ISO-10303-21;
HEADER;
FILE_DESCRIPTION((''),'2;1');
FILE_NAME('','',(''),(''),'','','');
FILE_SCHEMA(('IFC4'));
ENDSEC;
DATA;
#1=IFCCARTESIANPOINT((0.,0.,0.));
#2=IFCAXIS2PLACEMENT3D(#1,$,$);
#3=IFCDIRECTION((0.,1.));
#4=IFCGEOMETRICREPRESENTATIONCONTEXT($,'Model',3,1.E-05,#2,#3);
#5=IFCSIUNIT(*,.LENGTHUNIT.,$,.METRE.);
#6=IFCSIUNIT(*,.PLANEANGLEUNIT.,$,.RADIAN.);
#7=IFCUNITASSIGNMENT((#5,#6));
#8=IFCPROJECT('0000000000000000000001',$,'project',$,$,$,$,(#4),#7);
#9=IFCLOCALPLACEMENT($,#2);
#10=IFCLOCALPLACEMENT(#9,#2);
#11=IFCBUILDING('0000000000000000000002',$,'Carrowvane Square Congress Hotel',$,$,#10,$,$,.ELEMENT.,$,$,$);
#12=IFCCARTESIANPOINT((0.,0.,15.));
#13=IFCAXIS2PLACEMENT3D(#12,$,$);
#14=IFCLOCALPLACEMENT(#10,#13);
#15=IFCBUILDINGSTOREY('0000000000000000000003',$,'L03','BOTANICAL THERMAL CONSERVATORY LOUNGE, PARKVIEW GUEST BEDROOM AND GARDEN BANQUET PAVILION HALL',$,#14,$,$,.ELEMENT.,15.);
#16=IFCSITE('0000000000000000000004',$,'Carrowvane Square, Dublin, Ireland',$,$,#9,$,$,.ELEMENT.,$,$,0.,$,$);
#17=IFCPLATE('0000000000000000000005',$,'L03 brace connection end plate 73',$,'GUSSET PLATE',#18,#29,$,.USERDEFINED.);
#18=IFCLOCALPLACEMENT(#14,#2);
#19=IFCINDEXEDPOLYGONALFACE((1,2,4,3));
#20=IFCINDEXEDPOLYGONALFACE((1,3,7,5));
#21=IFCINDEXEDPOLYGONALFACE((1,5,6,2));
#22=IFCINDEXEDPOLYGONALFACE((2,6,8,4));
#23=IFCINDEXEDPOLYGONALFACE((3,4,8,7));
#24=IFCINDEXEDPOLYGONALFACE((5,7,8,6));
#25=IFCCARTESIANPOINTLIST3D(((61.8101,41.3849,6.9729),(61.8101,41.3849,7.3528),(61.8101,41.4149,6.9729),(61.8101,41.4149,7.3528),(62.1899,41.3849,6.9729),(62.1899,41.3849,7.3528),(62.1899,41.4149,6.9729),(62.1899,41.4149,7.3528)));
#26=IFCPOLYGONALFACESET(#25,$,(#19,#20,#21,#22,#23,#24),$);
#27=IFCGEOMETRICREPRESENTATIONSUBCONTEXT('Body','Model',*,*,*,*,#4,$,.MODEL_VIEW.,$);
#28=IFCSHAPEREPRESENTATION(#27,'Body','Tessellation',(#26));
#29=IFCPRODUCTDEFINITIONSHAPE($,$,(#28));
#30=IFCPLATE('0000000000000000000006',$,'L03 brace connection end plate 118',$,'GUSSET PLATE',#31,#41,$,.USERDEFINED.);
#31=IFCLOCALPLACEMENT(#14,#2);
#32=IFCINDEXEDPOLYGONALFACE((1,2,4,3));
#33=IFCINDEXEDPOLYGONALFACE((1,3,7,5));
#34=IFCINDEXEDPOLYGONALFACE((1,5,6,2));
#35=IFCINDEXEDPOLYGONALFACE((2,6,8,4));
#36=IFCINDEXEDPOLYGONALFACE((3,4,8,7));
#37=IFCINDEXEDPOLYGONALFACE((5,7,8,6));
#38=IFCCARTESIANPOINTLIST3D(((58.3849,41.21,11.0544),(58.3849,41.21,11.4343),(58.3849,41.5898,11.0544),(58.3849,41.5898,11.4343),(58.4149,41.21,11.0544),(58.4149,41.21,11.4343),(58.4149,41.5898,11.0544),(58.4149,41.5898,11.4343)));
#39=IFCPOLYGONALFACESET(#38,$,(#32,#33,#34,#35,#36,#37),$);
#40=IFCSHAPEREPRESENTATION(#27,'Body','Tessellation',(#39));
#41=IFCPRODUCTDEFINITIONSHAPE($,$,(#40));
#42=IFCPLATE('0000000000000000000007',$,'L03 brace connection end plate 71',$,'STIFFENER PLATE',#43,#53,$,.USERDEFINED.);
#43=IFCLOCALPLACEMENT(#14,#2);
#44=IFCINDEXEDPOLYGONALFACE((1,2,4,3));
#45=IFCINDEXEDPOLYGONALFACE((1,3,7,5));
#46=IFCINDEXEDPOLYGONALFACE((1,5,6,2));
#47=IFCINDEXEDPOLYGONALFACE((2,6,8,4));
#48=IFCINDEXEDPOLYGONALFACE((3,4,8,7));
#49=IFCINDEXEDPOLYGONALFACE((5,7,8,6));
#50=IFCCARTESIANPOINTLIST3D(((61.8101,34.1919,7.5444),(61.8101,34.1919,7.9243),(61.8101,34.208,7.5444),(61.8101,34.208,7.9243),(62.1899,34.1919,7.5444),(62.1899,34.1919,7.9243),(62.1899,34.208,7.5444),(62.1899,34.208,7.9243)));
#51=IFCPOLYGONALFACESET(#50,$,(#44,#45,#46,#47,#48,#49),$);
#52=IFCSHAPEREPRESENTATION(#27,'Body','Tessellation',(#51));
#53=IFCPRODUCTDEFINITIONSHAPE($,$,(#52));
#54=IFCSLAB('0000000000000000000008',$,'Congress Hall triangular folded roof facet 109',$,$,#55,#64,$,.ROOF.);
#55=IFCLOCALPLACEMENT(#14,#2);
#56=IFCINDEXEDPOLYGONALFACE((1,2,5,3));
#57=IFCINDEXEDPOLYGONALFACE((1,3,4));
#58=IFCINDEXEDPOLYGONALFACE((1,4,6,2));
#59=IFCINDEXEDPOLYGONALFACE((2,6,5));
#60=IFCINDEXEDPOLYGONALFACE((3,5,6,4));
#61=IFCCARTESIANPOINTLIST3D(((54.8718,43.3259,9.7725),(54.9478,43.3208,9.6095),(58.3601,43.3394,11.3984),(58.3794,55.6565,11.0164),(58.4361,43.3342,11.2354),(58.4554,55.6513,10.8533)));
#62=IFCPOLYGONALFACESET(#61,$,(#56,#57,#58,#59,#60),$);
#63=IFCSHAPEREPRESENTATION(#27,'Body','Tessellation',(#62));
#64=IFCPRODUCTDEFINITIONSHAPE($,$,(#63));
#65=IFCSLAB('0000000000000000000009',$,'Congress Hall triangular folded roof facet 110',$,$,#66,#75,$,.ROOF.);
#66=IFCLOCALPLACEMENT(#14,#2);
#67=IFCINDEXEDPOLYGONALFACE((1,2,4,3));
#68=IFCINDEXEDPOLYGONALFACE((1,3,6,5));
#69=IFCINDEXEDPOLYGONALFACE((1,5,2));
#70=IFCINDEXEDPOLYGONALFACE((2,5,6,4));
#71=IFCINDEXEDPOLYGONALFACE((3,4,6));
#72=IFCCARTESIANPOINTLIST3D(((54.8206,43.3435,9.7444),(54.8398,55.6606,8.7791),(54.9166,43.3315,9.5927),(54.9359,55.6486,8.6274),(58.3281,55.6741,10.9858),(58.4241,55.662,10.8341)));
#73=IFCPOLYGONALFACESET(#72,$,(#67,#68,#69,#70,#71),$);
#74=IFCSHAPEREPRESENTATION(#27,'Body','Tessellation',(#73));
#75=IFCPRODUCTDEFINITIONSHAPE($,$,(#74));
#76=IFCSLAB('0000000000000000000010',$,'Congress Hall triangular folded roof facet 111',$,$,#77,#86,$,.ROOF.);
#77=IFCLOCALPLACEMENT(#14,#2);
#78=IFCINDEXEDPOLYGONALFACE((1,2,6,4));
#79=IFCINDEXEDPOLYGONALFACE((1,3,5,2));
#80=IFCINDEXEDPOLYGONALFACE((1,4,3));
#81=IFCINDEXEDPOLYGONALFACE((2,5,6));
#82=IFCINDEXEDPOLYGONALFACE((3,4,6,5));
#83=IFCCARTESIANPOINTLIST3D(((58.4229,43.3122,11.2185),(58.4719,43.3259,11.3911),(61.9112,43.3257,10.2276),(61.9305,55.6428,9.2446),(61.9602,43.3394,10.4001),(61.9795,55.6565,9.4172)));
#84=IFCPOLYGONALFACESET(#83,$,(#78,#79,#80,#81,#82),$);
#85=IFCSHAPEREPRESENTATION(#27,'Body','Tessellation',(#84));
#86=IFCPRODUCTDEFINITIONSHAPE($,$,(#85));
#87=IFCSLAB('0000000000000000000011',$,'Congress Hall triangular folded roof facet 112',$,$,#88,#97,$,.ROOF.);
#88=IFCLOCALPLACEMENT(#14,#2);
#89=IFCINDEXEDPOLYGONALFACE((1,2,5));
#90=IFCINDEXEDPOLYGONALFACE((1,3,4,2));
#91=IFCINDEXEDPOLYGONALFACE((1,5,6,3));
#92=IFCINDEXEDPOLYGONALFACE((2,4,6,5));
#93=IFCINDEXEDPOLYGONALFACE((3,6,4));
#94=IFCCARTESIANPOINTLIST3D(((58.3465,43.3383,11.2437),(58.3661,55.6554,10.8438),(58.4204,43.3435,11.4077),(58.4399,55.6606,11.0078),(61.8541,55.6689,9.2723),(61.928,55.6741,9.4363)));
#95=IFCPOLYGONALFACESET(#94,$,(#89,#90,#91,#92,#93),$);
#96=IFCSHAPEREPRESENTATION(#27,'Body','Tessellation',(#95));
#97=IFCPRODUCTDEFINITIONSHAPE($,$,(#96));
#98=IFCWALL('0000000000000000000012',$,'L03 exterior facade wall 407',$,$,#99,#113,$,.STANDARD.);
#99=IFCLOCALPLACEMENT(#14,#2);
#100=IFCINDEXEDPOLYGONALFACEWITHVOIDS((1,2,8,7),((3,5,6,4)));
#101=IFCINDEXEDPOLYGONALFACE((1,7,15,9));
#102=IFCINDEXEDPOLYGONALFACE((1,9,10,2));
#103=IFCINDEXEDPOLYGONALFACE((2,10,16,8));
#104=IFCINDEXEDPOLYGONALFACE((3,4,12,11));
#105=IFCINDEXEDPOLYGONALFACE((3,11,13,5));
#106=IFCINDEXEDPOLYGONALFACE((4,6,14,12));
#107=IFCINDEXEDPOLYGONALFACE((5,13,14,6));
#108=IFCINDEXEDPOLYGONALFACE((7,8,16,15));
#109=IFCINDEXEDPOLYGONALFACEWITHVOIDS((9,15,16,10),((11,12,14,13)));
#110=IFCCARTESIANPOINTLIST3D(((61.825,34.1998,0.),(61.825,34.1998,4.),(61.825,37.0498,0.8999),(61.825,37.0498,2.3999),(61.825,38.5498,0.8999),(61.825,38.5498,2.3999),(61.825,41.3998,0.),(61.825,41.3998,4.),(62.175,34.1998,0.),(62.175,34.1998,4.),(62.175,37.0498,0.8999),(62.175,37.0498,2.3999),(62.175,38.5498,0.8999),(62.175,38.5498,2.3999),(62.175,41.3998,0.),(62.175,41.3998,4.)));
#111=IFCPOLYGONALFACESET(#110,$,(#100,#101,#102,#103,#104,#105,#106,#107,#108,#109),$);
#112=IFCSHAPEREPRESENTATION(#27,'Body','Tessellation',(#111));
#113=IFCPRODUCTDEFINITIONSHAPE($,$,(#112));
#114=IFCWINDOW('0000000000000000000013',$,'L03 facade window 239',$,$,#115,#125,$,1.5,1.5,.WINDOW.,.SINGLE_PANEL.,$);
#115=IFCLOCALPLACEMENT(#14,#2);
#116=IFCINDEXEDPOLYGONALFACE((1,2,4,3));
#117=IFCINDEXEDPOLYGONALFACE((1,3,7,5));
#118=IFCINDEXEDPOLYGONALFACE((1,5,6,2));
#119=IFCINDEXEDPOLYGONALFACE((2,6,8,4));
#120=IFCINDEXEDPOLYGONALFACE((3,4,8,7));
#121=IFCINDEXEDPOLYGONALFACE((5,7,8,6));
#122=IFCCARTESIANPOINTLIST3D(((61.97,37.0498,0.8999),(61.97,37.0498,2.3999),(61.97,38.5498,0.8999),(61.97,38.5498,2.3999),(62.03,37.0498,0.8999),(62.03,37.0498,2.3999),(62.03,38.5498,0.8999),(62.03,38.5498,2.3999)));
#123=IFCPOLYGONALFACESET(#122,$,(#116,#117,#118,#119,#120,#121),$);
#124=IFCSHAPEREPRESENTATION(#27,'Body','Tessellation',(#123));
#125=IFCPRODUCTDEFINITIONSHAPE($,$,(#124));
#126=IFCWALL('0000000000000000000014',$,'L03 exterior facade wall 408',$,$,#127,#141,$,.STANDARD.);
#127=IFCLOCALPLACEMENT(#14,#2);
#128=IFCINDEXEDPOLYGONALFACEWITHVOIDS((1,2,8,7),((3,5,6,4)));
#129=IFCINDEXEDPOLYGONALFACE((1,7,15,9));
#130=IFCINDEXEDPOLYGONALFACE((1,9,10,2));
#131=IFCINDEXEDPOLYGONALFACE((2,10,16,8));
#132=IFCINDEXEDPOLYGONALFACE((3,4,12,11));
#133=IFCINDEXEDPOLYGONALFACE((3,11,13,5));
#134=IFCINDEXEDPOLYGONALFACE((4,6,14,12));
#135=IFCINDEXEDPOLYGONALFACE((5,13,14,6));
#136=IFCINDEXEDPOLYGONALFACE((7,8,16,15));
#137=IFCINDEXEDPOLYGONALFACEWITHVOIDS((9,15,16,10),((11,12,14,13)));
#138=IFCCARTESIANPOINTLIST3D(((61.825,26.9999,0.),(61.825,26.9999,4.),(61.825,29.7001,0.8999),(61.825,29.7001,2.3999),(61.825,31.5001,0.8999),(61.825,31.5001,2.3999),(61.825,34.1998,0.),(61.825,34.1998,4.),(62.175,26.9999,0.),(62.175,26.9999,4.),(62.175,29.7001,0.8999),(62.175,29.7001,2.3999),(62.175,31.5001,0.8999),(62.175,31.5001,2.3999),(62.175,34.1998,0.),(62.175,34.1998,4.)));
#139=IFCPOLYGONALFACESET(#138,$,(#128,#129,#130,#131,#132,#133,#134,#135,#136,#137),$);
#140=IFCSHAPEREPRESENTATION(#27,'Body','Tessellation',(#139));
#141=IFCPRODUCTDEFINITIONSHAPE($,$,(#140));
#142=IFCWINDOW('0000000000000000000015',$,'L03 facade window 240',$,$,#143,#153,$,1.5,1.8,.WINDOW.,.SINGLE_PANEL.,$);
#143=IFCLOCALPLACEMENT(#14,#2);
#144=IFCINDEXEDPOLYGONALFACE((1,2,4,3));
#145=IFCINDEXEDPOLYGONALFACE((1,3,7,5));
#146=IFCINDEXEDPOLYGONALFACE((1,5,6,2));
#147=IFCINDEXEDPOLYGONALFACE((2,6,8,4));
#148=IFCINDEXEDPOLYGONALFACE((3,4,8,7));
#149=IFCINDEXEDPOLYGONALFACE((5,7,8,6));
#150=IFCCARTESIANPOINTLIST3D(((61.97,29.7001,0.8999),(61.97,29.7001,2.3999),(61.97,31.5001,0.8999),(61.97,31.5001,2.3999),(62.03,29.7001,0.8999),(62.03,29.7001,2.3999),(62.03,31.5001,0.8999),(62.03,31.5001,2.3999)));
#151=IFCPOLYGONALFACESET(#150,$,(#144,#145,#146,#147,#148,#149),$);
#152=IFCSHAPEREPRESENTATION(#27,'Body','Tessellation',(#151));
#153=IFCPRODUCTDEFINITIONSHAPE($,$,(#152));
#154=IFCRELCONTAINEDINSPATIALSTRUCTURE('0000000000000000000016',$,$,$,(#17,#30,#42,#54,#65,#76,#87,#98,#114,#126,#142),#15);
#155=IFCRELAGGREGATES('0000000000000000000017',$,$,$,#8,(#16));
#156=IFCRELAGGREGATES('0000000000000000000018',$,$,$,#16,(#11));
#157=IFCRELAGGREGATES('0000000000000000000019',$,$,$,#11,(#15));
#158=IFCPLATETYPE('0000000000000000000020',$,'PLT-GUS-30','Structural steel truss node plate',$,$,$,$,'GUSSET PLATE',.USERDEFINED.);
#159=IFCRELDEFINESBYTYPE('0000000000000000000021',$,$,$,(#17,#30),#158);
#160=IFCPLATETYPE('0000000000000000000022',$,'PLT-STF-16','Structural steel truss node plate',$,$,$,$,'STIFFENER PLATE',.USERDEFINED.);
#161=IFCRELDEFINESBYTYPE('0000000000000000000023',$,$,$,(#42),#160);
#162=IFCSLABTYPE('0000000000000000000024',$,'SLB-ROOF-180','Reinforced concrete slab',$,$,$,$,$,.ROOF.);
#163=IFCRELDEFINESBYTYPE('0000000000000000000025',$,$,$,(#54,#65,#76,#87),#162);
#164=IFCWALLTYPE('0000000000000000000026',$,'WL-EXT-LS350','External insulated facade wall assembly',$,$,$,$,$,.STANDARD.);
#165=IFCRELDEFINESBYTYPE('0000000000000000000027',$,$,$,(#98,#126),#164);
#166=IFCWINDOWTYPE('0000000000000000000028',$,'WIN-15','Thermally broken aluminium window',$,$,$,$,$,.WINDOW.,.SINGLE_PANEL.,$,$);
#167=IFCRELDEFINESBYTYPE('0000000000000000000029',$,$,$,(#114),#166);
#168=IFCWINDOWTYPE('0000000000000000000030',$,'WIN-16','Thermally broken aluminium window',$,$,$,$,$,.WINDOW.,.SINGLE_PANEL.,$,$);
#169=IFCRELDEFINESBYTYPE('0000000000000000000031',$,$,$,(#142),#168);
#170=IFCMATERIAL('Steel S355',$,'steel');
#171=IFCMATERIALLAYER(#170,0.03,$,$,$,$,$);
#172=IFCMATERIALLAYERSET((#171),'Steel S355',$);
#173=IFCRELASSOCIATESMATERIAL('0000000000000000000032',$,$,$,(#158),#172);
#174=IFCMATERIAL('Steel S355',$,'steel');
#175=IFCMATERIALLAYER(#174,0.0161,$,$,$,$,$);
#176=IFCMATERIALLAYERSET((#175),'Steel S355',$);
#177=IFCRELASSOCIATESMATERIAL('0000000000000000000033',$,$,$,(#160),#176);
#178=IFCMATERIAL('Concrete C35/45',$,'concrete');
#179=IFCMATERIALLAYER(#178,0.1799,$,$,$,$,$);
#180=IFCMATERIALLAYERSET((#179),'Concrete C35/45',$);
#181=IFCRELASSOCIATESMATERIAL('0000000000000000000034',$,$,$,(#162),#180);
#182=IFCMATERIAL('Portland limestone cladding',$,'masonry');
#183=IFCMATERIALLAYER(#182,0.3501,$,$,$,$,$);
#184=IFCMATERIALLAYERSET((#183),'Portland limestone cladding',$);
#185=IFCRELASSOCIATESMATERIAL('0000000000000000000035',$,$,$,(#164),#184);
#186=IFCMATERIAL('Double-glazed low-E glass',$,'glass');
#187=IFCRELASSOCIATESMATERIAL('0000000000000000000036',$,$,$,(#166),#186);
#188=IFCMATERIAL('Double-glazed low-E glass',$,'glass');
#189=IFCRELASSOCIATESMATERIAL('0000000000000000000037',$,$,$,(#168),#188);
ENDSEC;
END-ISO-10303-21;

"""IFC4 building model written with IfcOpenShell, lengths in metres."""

from ifc_helpers import new_model, si_unit, direction, frame, frame_2d, origin, origin_2d, place, context, subcontext, project, spatial, polyline, rectangle, outline, extrude, material, layer, layer_set, type_object, element, fill, save


model = new_model("IFC4")

# Units and contexts
model_context = context("Model", 3, precision=1e-05, world=origin(), true_north=direction((0.0, 1.0)))
body_context = subcontext(model_context, "Body", "Model", "MODEL_VIEW")
ifc_project = project(units=[si_unit("LENGTHUNIT", "METRE"), si_unit("PLANEANGLEUNIT", "RADIAN")], contexts=[model_context])

# Site, building, storey
site_placement = place(None, origin())
site = spatial("IfcSite", under=ifc_project, at=site_placement, Name="Carrowvane Square, Dublin, Ireland", CompositionType="ELEMENT", RefElevation=0.0)
building_placement = place(site_placement, origin())
building = spatial("IfcBuilding", under=site, at=building_placement, Name="Carrowvane Square Congress Hotel", CompositionType="ELEMENT")
storey_placement = place(building_placement, frame((0.0, 0.0, 15.0)))
storey = spatial("IfcBuildingStorey", under=building, at=storey_placement, Name="L03", Description="BOTANICAL THERMAL CONSERVATORY LOUNGE, PARKVIEW GUEST BEDROOM AND GARDEN BANQUET PAVILION HALL", CompositionType="ELEMENT", Elevation=15.0)

# Plates
ifc_material_1 = material(Name="Steel S355", Category="steel")
ifc_layer_1 = layer(ifc_material_1, 0.03)
ifc_layer_set_1 = layer_set([ifc_layer_1], Name="Steel S355")
plate_type_1 = type_object("IfcPlateType", Name="PLT-GUS-30", Description="Structural steel truss node plate", ElementType="GUSSET PLATE", PredefinedType="USERDEFINED", material=ifc_layer_set_1)
for number, where, z_axis, x_axis, name in (
    (1, (62.0, 41.3999, 6.9729), (0.0, 0.0, 1.0), (1.0, 0.0, 0.0), "L03 brace connection end plate 73"),
):
    element("IfcPlate", number, at=place(storey_placement, frame(where, z_axis=z_axis, x_axis=x_axis)), inside=storey, type_object=plate_type_1, Name=name, ObjectType="GUSSET PLATE", PredefinedType="USERDEFINED", context=body_context, shape_type="SweptSolid", body=[
        extrude(rectangle(XDim=0.3799, YDim=0.03, at=origin_2d()), origin(), (0.0, 0.0, 1.0), 0.3799),
    ])
plate_1_placement = place(storey_placement, frame((58.3999, 41.3999, 11.0544), z_axis=(0.0, 0.0, 1.0), x_axis=(1.0, 0.0, 0.0)))
element("IfcPlate", 2, at=plate_1_placement, inside=storey, type_object=plate_type_1, Name="L03 brace connection end plate 118", ObjectType="GUSSET PLATE", PredefinedType="USERDEFINED", context=body_context, shape_type="SweptSolid", body=[
    extrude(rectangle(XDim=0.03, YDim=0.3799, at=origin_2d()), origin(), (0.0, 0.0, 1.0), 0.3799),
])
ifc_material_2 = material(Name="Steel S355", Category="steel")
ifc_layer_2 = layer(ifc_material_2, 0.0161)
ifc_layer_set_2 = layer_set([ifc_layer_2], Name="Steel S355")
plate_type_2 = type_object("IfcPlateType", Name="PLT-STF-16", Description="Structural steel truss node plate", ElementType="STIFFENER PLATE", PredefinedType="USERDEFINED", material=ifc_layer_set_2)
plate_2_placement = place(storey_placement, frame((62.0, 34.2, 7.5444), z_axis=(0.0, 0.0, 1.0), x_axis=(1.0, 0.0, 0.0)))
element("IfcPlate", 3, at=plate_2_placement, inside=storey, type_object=plate_type_2, Name="L03 brace connection end plate 71", ObjectType="STIFFENER PLATE", PredefinedType="USERDEFINED", context=body_context, shape_type="SweptSolid", body=[
    extrude(rectangle(XDim=0.3799, YDim=0.0161, at=origin_2d()), origin(), (0.0, 0.0, 1.0), 0.3799),
])

# Slabs
ifc_material_3 = material(Name="Concrete C35/45", Category="concrete")
ifc_layer_3 = layer(ifc_material_3, 0.1799)
ifc_layer_set_3 = layer_set([ifc_layer_3], Name="Concrete C35/45")
slab_type = type_object("IfcSlabType", Name="SLB-ROOF-180", Description="Reinforced concrete slab", PredefinedType="ROOF", material=ifc_layer_set_3)
slab_1_placement = place(storey_placement, frame((54.8718, 43.3259, 9.7725), z_axis=(-0.422399, 0.028764, 0.905954), x_axis=(0.906366, 0.003489, 0.42248)))
element("IfcSlab", 4, at=slab_1_placement, inside=storey, type_object=slab_type, Name="Congress Hall triangular folded roof facet 109", PredefinedType="ROOF", context=body_context, shape_type="SweptSolid", body=[
    extrude(outline(polyline([(0.0, 0.0), (3.8486, 0.0), (3.7477, 12.3227), (0.0, 0.0)])), origin(), (0.0, 0.0, -1.0), 0.1799),
])
slab_2_placement = place(storey_placement, frame((54.8206, 43.3435, 9.7444), z_axis=(-0.533613, 0.06691, 0.843078), x_axis=(0.272333, 0.957363, 0.096388)))
element("IfcSlab", 5, at=slab_2_placement, inside=storey, type_object=slab_type, Name="Congress Hall triangular folded roof facet 110", PredefinedType="ROOF", context=body_context, shape_type="SweptSolid", body=[
    extrude(outline(polyline([(0.0, 0.0), (12.8797, 0.0), (11.7042, 3.9568), (0.0, 0.0)])), origin(), (0.0, 0.0, -1.0), 0.1799),
])
slab_3_placement = place(storey_placement, frame((58.4719, 43.3259, 11.3911), z_axis=(0.272207, 0.07612, 0.959223), x_axis=(0.96193, 0.003703, -0.27327)))
element("IfcSlab", 6, at=slab_3_placement, inside=storey, type_object=slab_type, Name="Congress Hall triangular folded roof facet 111", PredefinedType="ROOF", context=body_context, shape_type="SweptSolid", body=[
    extrude(outline(polyline([(0.0, 0.0), (3.6263, 0.0), (3.9591, 12.3518), (0.0, 0.0)])), origin(), (0.0, 0.0, -1.0), 0.1799),
])
slab_4_placement = place(storey_placement, frame((58.4204, 43.3435, 11.4077), z_axis=(0.410517, 0.028939, 0.911394), x_axis=(0.270428, 0.950666, -0.151994)))
element("IfcSlab", 7, at=slab_4_placement, inside=storey, type_object=slab_type, Name="Congress Hall triangular folded roof facet 112", PredefinedType="ROOF", context=body_context, shape_type="SweptSolid", body=[
    extrude(outline(polyline([(0.0, 0.0), (12.9704, 0.0), (11.7756, 3.6344), (0.0, 0.0)])), origin(), (0.0, 0.0, -1.0), 0.1799),
])

# Walls, openings, windows
ifc_material_4 = material(Name="Portland limestone cladding", Category="masonry")
ifc_layer_4 = layer(ifc_material_4, 0.3501)
ifc_layer_set_4 = layer_set([ifc_layer_4], Name="Portland limestone cladding")
wall_type = type_object("IfcWallType", Name="WL-EXT-LS350", Description="External insulated facade wall assembly", PredefinedType="STANDARD", material=ifc_layer_set_4)
wall_1_placement = place(storey_placement, frame((62.0, 41.3999, 0.0), z_axis=(0.0, 0.0, 1.0), x_axis=(0.0, -1.0, 0.0)))
wall_1 = element("IfcWall", 8, at=wall_1_placement, inside=storey, type_object=wall_type, Name="L03 exterior facade wall 407", PredefinedType="STANDARD", context=body_context, shape_type="SweptSolid", body=[
    extrude(rectangle(XDim=7.2, YDim=0.3501, at=frame_2d((3.6001, 0.0))), origin(), (0.0, 0.0, 1.0), 4.0),
])
opening_1_placement = place(wall_1_placement, frame((2.8501, 0.0, 0.8999)))
opening_1 = element("IfcOpeningElement", 9, at=opening_1_placement, cuts=wall_1, PredefinedType="OPENING", context=body_context, shape_type="SweptSolid", body=[
    extrude(rectangle(XDim=1.5, YDim=1.5, at=frame_2d((0.75, 0.75))), frame((0.0, 0.1851, 0.0), z_axis=(0.0, -1.0, 0.0), x_axis=(1.0, 0.0, 0.0)), (0.0, 0.0, 1.0), 0.3701),
])
ifc_material_5 = material(Name="Double-glazed low-E glass", Category="glass")
window_type_1 = type_object("IfcWindowType", Name="WIN-15", Description="Thermally broken aluminium window", PartitioningType="SINGLE_PANEL", PredefinedType="WINDOW", material=ifc_material_5)
window_1_placement = place(opening_1_placement, origin())
window_1 = element("IfcWindow", 10, at=window_1_placement, inside=storey, type_object=window_type_1, Name="L03 facade window 239", OverallHeight=1.5, OverallWidth=1.5, PartitioningType="SINGLE_PANEL", PredefinedType="WINDOW", context=body_context, shape_type="SweptSolid", body=[
    extrude(rectangle(XDim=1.5, YDim=1.5, at=frame_2d((0.75, 0.75))), frame((0.0, 0.03, 0.0), z_axis=(0.0, -1.0, 0.0), x_axis=(1.0, 0.0, 0.0)), (0.0, 0.0, 1.0), 0.0601),
])
fill(opening_1, window_1)
wall_2_placement = place(storey_placement, frame((62.0, 34.2, 0.0), z_axis=(0.0, 0.0, 1.0), x_axis=(0.0, -1.0, 0.0)))
wall_2 = element("IfcWall", 11, at=wall_2_placement, inside=storey, type_object=wall_type, Name="L03 exterior facade wall 408", PredefinedType="STANDARD", context=body_context, shape_type="SweptSolid", body=[
    extrude(rectangle(XDim=7.2, YDim=0.3501, at=frame_2d((3.6001, 0.0))), origin(), (0.0, 0.0, 1.0), 4.0),
])
opening_2_placement = place(wall_2_placement, frame((2.7, 0.0, 0.8999)))
opening_2 = element("IfcOpeningElement", 12, at=opening_2_placement, cuts=wall_2, PredefinedType="OPENING", context=body_context, shape_type="SweptSolid", body=[
    extrude(rectangle(XDim=1.8, YDim=1.5, at=frame_2d((0.8999, 0.75))), frame((0.0, 0.1851, 0.0), z_axis=(0.0, -1.0, 0.0), x_axis=(1.0, 0.0, 0.0)), (0.0, 0.0, 1.0), 0.3701),
])
ifc_material_6 = material(Name="Double-glazed low-E glass", Category="glass")
window_type_2 = type_object("IfcWindowType", Name="WIN-16", Description="Thermally broken aluminium window", PartitioningType="SINGLE_PANEL", PredefinedType="WINDOW", material=ifc_material_6)
window_2_placement = place(opening_2_placement, origin())
window_2 = element("IfcWindow", 13, at=window_2_placement, inside=storey, type_object=window_type_2, Name="L03 facade window 240", OverallHeight=1.5, OverallWidth=1.8, PartitioningType="SINGLE_PANEL", PredefinedType="WINDOW", context=body_context, shape_type="SweptSolid", body=[
    extrude(rectangle(XDim=1.8, YDim=1.5, at=frame_2d((0.8999, 0.75))), frame((0.0, 0.03, 0.0), z_axis=(0.0, -1.0, 0.0), x_axis=(1.0, 0.0, 0.0)), (0.0, 0.0, 1.0), 0.0601),
])
fill(opening_2, window_2)

save(model, "model.ifc")
